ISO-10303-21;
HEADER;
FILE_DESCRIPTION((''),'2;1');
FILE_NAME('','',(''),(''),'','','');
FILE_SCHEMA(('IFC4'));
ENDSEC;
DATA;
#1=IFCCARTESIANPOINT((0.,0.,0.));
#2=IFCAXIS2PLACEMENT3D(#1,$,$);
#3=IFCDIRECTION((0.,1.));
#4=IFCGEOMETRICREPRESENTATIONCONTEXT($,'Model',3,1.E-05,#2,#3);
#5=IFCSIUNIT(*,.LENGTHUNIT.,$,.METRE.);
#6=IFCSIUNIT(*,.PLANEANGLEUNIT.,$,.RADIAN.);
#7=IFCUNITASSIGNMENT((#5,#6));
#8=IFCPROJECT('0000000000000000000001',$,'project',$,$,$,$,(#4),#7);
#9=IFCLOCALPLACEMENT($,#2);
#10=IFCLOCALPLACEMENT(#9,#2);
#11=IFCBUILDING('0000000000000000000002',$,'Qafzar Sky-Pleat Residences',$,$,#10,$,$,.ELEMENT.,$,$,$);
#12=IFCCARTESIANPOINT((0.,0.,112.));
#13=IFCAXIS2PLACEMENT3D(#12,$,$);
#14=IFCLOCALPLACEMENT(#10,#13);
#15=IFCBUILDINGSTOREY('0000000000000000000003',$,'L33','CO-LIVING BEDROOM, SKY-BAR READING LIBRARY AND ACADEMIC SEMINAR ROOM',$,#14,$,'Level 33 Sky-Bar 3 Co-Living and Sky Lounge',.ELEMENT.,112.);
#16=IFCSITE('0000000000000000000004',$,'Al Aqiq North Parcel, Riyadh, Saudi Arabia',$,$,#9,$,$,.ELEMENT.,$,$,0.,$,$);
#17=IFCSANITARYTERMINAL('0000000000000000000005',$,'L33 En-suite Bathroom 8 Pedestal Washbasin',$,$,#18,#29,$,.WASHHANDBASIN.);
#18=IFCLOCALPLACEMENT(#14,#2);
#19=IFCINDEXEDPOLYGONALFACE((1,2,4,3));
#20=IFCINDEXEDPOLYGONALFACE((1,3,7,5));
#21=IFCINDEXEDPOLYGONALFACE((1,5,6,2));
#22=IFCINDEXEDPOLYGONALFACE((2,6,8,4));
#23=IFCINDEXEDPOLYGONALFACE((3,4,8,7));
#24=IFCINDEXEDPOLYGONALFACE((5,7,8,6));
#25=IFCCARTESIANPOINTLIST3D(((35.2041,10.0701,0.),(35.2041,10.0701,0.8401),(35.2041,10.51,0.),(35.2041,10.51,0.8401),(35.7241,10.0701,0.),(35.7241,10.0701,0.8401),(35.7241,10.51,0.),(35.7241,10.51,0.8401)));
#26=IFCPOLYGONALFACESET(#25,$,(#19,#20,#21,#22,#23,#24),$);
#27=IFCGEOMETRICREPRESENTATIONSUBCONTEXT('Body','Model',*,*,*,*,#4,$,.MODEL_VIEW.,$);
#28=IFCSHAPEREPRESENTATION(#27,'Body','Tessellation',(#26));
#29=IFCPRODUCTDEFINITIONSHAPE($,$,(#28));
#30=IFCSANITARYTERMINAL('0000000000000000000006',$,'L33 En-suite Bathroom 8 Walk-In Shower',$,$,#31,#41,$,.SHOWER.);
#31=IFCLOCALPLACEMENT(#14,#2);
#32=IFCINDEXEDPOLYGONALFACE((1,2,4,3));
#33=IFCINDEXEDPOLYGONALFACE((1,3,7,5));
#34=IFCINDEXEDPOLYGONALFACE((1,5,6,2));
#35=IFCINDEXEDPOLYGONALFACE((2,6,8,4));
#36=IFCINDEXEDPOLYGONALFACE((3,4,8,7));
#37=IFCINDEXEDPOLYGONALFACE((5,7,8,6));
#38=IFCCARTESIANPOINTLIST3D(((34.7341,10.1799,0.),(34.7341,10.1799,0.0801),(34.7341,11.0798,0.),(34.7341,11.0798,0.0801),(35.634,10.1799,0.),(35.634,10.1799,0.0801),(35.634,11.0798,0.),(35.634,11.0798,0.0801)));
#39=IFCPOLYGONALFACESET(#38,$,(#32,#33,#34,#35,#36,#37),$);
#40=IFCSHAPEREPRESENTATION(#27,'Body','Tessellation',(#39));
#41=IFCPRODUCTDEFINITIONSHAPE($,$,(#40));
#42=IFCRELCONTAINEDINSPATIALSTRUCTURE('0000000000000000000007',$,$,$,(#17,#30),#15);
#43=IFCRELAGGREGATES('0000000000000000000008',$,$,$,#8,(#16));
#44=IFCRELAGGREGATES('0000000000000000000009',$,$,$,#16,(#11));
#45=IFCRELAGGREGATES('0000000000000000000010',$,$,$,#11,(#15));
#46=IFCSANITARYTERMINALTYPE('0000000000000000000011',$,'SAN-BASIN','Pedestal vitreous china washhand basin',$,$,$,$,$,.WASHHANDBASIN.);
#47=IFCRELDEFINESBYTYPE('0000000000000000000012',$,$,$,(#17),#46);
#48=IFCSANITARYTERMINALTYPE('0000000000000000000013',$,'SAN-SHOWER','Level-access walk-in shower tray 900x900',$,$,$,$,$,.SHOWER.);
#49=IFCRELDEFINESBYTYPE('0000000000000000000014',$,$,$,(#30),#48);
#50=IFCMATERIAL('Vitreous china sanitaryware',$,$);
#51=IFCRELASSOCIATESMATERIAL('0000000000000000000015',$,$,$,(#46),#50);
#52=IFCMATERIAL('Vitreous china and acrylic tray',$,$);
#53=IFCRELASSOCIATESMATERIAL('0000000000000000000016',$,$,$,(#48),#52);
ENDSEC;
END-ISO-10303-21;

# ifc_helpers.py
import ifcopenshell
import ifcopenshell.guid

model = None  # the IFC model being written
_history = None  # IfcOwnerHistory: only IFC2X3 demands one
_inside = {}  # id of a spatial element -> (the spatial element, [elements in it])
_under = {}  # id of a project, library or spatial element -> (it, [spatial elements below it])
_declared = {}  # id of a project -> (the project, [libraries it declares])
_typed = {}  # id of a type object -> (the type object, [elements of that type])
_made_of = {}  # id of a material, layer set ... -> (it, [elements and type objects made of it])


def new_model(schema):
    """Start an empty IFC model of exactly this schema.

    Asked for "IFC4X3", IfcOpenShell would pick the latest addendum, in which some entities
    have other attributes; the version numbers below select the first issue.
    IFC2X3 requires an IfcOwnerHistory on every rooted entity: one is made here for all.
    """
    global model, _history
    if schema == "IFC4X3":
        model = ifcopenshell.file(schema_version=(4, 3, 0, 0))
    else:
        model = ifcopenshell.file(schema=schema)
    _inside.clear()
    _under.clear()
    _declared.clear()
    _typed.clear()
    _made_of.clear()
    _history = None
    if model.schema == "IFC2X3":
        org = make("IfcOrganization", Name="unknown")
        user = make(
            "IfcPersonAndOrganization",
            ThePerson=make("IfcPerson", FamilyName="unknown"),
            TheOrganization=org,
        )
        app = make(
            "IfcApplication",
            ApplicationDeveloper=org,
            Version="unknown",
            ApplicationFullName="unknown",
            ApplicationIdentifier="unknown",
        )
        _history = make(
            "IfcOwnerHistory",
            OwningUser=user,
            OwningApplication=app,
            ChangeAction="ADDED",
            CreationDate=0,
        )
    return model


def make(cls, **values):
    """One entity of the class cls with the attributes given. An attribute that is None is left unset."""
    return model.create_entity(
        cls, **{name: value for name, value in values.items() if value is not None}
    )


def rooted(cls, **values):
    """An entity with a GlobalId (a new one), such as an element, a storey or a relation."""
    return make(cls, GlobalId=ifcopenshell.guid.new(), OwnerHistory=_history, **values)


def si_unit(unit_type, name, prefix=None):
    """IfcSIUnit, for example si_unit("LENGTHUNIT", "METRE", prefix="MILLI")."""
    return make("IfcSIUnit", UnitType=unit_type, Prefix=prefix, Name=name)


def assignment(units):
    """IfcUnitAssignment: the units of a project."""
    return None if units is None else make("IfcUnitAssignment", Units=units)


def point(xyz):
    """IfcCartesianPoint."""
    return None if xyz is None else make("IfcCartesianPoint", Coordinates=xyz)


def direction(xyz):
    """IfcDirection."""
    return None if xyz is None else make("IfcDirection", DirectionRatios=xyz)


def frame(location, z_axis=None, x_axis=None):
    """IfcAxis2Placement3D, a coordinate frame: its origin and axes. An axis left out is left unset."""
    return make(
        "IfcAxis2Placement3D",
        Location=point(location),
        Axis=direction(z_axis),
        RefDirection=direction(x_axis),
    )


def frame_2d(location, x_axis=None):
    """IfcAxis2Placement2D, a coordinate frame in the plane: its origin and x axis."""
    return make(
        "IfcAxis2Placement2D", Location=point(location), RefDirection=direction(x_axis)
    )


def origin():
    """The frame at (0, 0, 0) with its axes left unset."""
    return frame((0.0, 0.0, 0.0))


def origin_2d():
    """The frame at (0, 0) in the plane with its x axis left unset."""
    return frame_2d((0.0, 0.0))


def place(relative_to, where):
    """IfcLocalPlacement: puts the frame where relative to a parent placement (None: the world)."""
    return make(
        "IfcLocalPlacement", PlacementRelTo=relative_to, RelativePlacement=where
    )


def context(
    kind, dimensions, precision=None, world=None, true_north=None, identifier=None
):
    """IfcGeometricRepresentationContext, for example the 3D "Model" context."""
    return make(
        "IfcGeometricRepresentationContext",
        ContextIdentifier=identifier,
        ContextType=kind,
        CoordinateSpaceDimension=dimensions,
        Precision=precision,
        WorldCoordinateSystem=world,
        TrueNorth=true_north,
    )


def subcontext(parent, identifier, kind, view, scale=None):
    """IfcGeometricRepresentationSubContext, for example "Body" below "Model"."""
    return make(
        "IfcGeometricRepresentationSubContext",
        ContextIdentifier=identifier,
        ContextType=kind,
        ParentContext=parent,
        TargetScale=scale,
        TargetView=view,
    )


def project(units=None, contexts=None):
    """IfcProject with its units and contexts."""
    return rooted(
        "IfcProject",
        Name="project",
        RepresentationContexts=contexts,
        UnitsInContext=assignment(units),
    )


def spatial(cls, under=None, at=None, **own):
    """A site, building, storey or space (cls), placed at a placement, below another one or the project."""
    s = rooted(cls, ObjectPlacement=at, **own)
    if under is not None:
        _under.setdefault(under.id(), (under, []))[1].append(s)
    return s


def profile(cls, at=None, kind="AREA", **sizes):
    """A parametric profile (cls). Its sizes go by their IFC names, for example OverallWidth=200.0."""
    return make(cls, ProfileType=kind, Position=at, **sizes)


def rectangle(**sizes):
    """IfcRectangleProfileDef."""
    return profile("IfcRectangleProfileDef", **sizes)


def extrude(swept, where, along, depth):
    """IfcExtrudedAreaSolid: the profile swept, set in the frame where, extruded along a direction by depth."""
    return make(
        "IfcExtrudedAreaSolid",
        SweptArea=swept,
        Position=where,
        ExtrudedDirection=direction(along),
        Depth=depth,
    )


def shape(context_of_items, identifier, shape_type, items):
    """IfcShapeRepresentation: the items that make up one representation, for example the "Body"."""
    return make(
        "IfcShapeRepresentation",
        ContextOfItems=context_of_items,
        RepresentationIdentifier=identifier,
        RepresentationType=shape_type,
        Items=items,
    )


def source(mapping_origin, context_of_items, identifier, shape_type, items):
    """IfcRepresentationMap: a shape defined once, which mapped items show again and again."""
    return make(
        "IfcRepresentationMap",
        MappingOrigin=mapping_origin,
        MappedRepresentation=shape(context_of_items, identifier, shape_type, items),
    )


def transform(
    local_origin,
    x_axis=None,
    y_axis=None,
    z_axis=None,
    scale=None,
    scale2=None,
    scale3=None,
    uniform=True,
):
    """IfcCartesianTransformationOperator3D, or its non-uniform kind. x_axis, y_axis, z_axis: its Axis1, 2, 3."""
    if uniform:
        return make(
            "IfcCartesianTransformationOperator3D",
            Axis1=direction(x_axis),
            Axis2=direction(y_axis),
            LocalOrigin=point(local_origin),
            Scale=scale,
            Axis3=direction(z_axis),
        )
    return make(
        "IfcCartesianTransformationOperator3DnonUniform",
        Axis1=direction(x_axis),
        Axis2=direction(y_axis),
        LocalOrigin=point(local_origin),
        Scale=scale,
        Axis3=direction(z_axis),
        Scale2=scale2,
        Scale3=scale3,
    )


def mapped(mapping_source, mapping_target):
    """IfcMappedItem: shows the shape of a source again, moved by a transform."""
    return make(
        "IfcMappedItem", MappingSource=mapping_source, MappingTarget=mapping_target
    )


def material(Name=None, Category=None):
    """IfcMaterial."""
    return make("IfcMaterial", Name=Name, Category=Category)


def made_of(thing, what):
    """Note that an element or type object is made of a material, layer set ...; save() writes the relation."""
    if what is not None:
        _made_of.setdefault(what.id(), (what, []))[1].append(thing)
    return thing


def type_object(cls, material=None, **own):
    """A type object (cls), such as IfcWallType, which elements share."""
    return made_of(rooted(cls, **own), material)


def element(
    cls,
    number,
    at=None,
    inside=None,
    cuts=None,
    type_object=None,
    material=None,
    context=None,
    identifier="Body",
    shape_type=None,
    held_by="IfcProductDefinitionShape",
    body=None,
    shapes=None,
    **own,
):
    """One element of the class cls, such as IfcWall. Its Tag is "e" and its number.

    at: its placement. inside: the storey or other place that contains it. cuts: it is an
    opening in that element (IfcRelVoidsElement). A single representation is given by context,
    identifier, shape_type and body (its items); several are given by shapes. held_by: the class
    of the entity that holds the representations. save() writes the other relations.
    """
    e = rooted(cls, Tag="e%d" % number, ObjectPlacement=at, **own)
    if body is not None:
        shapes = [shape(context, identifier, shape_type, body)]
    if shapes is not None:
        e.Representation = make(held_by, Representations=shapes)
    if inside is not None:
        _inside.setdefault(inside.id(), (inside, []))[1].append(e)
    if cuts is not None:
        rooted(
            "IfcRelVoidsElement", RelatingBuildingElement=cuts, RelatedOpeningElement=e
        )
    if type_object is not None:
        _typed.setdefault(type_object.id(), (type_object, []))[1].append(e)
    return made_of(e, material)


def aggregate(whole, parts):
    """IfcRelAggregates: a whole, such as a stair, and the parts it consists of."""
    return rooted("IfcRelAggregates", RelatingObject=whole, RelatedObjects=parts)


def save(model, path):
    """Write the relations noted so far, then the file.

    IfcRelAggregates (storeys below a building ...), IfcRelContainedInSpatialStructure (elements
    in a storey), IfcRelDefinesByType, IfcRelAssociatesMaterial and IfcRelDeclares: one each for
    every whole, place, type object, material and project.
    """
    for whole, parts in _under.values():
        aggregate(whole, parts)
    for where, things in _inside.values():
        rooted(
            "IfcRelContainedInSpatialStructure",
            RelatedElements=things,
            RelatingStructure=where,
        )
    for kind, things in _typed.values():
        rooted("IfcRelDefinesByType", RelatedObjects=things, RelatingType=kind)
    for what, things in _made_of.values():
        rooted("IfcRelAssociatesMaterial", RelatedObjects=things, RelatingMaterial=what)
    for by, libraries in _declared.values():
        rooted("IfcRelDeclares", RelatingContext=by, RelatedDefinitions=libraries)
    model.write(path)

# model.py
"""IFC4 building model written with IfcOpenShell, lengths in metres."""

from ifc_helpers import new_model, si_unit, direction, frame, origin, origin_2d, place, context, subcontext, project, spatial, rectangle, extrude, source, transform, mapped, material, type_object, element, save


model = new_model("IFC4")

# Units and contexts
model_context = context("Model", 3, precision=1e-05, world=origin(), true_north=direction((0.0, 1.0)))
body_context = subcontext(model_context, "Body", "Model", "MODEL_VIEW")
ifc_project = project(units=[si_unit("LENGTHUNIT", "METRE"), si_unit("PLANEANGLEUNIT", "RADIAN")], contexts=[model_context])

# Site, building, storey
site_placement = place(None, origin())
site = spatial("IfcSite", under=ifc_project, at=site_placement, Name="Al Aqiq North Parcel, Riyadh, Saudi Arabia", CompositionType="ELEMENT", RefElevation=0.0)
building_placement = place(site_placement, origin())
building = spatial("IfcBuilding", under=site, at=building_placement, Name="Qafzar Sky-Pleat Residences", CompositionType="ELEMENT")
storey_placement = place(building_placement, frame((0.0, 0.0, 112.0)))
storey = spatial("IfcBuildingStorey", under=building, at=storey_placement, Name="L33", Description="CO-LIVING BEDROOM, SKY-BAR READING LIBRARY AND ACADEMIC SEMINAR ROOM", LongName="Level 33 Sky-Bar 3 Co-Living and Sky Lounge", CompositionType="ELEMENT", Elevation=112.0)

# Sanitary terminals
ifc_material_1 = material(Name="Vitreous china sanitaryware")
sanitary_terminal_type_1 = type_object("IfcSanitaryTerminalType", Name="SAN-BASIN", Description="Pedestal vitreous china washhand basin", PredefinedType="WASHHANDBASIN", material=ifc_material_1)
shared_shape_1 = source(origin(), body_context, "Body", "SweptSolid", [
    extrude(rectangle(XDim=0.52, YDim=0.4399, at=origin_2d()), origin(), (0.0, 0.0, 1.0), 0.8401),
])
sanitary_terminal_1_placement = place(storey_placement, frame((35.4641, 10.29, 0.0), z_axis=(0.0, 0.0, 1.0), x_axis=(1.0, 0.0, 0.0)))
element("IfcSanitaryTerminal", 1, at=sanitary_terminal_1_placement, inside=storey, type_object=sanitary_terminal_type_1, Name="L33 En-suite Bathroom 8 Pedestal Washbasin", PredefinedType="WASHHANDBASIN", context=body_context, shape_type="MappedRepresentation", body=[
    mapped(shared_shape_1, transform((0.0, 0.0, 0.0), x_axis=(1.0, 0.0, 0.0), y_axis=(0.0, 1.0, 0.0), z_axis=(0.0, 0.0, 1.0), scale=1.0)),
])
ifc_material_2 = material(Name="Vitreous china and acrylic tray")
sanitary_terminal_type_2 = type_object("IfcSanitaryTerminalType", Name="SAN-SHOWER", Description="Level-access walk-in shower tray 900x900", PredefinedType="SHOWER", material=ifc_material_2)
shared_shape_2 = source(origin(), body_context, "Body", "SweptSolid", [
    extrude(rectangle(XDim=0.8999, YDim=0.8999, at=origin_2d()), origin(), (0.0, 0.0, 1.0), 0.0801),
])
sanitary_terminal_2_placement = place(storey_placement, frame((35.1841, 10.6299, 0.0), z_axis=(0.0, 0.0, 1.0), x_axis=(1.0, 0.0, 0.0)))
element("IfcSanitaryTerminal", 2, at=sanitary_terminal_2_placement, inside=storey, type_object=sanitary_terminal_type_2, Name="L33 En-suite Bathroom 8 Walk-In Shower", PredefinedType="SHOWER", context=body_context, shape_type="MappedRepresentation", body=[
    mapped(shared_shape_2, transform((0.0, 0.0, 0.0), x_axis=(1.0, 0.0, 0.0), y_axis=(0.0, 1.0, 0.0), z_axis=(0.0, 0.0, 1.0), scale=1.0)),
])

save(model, "model.ifc")
